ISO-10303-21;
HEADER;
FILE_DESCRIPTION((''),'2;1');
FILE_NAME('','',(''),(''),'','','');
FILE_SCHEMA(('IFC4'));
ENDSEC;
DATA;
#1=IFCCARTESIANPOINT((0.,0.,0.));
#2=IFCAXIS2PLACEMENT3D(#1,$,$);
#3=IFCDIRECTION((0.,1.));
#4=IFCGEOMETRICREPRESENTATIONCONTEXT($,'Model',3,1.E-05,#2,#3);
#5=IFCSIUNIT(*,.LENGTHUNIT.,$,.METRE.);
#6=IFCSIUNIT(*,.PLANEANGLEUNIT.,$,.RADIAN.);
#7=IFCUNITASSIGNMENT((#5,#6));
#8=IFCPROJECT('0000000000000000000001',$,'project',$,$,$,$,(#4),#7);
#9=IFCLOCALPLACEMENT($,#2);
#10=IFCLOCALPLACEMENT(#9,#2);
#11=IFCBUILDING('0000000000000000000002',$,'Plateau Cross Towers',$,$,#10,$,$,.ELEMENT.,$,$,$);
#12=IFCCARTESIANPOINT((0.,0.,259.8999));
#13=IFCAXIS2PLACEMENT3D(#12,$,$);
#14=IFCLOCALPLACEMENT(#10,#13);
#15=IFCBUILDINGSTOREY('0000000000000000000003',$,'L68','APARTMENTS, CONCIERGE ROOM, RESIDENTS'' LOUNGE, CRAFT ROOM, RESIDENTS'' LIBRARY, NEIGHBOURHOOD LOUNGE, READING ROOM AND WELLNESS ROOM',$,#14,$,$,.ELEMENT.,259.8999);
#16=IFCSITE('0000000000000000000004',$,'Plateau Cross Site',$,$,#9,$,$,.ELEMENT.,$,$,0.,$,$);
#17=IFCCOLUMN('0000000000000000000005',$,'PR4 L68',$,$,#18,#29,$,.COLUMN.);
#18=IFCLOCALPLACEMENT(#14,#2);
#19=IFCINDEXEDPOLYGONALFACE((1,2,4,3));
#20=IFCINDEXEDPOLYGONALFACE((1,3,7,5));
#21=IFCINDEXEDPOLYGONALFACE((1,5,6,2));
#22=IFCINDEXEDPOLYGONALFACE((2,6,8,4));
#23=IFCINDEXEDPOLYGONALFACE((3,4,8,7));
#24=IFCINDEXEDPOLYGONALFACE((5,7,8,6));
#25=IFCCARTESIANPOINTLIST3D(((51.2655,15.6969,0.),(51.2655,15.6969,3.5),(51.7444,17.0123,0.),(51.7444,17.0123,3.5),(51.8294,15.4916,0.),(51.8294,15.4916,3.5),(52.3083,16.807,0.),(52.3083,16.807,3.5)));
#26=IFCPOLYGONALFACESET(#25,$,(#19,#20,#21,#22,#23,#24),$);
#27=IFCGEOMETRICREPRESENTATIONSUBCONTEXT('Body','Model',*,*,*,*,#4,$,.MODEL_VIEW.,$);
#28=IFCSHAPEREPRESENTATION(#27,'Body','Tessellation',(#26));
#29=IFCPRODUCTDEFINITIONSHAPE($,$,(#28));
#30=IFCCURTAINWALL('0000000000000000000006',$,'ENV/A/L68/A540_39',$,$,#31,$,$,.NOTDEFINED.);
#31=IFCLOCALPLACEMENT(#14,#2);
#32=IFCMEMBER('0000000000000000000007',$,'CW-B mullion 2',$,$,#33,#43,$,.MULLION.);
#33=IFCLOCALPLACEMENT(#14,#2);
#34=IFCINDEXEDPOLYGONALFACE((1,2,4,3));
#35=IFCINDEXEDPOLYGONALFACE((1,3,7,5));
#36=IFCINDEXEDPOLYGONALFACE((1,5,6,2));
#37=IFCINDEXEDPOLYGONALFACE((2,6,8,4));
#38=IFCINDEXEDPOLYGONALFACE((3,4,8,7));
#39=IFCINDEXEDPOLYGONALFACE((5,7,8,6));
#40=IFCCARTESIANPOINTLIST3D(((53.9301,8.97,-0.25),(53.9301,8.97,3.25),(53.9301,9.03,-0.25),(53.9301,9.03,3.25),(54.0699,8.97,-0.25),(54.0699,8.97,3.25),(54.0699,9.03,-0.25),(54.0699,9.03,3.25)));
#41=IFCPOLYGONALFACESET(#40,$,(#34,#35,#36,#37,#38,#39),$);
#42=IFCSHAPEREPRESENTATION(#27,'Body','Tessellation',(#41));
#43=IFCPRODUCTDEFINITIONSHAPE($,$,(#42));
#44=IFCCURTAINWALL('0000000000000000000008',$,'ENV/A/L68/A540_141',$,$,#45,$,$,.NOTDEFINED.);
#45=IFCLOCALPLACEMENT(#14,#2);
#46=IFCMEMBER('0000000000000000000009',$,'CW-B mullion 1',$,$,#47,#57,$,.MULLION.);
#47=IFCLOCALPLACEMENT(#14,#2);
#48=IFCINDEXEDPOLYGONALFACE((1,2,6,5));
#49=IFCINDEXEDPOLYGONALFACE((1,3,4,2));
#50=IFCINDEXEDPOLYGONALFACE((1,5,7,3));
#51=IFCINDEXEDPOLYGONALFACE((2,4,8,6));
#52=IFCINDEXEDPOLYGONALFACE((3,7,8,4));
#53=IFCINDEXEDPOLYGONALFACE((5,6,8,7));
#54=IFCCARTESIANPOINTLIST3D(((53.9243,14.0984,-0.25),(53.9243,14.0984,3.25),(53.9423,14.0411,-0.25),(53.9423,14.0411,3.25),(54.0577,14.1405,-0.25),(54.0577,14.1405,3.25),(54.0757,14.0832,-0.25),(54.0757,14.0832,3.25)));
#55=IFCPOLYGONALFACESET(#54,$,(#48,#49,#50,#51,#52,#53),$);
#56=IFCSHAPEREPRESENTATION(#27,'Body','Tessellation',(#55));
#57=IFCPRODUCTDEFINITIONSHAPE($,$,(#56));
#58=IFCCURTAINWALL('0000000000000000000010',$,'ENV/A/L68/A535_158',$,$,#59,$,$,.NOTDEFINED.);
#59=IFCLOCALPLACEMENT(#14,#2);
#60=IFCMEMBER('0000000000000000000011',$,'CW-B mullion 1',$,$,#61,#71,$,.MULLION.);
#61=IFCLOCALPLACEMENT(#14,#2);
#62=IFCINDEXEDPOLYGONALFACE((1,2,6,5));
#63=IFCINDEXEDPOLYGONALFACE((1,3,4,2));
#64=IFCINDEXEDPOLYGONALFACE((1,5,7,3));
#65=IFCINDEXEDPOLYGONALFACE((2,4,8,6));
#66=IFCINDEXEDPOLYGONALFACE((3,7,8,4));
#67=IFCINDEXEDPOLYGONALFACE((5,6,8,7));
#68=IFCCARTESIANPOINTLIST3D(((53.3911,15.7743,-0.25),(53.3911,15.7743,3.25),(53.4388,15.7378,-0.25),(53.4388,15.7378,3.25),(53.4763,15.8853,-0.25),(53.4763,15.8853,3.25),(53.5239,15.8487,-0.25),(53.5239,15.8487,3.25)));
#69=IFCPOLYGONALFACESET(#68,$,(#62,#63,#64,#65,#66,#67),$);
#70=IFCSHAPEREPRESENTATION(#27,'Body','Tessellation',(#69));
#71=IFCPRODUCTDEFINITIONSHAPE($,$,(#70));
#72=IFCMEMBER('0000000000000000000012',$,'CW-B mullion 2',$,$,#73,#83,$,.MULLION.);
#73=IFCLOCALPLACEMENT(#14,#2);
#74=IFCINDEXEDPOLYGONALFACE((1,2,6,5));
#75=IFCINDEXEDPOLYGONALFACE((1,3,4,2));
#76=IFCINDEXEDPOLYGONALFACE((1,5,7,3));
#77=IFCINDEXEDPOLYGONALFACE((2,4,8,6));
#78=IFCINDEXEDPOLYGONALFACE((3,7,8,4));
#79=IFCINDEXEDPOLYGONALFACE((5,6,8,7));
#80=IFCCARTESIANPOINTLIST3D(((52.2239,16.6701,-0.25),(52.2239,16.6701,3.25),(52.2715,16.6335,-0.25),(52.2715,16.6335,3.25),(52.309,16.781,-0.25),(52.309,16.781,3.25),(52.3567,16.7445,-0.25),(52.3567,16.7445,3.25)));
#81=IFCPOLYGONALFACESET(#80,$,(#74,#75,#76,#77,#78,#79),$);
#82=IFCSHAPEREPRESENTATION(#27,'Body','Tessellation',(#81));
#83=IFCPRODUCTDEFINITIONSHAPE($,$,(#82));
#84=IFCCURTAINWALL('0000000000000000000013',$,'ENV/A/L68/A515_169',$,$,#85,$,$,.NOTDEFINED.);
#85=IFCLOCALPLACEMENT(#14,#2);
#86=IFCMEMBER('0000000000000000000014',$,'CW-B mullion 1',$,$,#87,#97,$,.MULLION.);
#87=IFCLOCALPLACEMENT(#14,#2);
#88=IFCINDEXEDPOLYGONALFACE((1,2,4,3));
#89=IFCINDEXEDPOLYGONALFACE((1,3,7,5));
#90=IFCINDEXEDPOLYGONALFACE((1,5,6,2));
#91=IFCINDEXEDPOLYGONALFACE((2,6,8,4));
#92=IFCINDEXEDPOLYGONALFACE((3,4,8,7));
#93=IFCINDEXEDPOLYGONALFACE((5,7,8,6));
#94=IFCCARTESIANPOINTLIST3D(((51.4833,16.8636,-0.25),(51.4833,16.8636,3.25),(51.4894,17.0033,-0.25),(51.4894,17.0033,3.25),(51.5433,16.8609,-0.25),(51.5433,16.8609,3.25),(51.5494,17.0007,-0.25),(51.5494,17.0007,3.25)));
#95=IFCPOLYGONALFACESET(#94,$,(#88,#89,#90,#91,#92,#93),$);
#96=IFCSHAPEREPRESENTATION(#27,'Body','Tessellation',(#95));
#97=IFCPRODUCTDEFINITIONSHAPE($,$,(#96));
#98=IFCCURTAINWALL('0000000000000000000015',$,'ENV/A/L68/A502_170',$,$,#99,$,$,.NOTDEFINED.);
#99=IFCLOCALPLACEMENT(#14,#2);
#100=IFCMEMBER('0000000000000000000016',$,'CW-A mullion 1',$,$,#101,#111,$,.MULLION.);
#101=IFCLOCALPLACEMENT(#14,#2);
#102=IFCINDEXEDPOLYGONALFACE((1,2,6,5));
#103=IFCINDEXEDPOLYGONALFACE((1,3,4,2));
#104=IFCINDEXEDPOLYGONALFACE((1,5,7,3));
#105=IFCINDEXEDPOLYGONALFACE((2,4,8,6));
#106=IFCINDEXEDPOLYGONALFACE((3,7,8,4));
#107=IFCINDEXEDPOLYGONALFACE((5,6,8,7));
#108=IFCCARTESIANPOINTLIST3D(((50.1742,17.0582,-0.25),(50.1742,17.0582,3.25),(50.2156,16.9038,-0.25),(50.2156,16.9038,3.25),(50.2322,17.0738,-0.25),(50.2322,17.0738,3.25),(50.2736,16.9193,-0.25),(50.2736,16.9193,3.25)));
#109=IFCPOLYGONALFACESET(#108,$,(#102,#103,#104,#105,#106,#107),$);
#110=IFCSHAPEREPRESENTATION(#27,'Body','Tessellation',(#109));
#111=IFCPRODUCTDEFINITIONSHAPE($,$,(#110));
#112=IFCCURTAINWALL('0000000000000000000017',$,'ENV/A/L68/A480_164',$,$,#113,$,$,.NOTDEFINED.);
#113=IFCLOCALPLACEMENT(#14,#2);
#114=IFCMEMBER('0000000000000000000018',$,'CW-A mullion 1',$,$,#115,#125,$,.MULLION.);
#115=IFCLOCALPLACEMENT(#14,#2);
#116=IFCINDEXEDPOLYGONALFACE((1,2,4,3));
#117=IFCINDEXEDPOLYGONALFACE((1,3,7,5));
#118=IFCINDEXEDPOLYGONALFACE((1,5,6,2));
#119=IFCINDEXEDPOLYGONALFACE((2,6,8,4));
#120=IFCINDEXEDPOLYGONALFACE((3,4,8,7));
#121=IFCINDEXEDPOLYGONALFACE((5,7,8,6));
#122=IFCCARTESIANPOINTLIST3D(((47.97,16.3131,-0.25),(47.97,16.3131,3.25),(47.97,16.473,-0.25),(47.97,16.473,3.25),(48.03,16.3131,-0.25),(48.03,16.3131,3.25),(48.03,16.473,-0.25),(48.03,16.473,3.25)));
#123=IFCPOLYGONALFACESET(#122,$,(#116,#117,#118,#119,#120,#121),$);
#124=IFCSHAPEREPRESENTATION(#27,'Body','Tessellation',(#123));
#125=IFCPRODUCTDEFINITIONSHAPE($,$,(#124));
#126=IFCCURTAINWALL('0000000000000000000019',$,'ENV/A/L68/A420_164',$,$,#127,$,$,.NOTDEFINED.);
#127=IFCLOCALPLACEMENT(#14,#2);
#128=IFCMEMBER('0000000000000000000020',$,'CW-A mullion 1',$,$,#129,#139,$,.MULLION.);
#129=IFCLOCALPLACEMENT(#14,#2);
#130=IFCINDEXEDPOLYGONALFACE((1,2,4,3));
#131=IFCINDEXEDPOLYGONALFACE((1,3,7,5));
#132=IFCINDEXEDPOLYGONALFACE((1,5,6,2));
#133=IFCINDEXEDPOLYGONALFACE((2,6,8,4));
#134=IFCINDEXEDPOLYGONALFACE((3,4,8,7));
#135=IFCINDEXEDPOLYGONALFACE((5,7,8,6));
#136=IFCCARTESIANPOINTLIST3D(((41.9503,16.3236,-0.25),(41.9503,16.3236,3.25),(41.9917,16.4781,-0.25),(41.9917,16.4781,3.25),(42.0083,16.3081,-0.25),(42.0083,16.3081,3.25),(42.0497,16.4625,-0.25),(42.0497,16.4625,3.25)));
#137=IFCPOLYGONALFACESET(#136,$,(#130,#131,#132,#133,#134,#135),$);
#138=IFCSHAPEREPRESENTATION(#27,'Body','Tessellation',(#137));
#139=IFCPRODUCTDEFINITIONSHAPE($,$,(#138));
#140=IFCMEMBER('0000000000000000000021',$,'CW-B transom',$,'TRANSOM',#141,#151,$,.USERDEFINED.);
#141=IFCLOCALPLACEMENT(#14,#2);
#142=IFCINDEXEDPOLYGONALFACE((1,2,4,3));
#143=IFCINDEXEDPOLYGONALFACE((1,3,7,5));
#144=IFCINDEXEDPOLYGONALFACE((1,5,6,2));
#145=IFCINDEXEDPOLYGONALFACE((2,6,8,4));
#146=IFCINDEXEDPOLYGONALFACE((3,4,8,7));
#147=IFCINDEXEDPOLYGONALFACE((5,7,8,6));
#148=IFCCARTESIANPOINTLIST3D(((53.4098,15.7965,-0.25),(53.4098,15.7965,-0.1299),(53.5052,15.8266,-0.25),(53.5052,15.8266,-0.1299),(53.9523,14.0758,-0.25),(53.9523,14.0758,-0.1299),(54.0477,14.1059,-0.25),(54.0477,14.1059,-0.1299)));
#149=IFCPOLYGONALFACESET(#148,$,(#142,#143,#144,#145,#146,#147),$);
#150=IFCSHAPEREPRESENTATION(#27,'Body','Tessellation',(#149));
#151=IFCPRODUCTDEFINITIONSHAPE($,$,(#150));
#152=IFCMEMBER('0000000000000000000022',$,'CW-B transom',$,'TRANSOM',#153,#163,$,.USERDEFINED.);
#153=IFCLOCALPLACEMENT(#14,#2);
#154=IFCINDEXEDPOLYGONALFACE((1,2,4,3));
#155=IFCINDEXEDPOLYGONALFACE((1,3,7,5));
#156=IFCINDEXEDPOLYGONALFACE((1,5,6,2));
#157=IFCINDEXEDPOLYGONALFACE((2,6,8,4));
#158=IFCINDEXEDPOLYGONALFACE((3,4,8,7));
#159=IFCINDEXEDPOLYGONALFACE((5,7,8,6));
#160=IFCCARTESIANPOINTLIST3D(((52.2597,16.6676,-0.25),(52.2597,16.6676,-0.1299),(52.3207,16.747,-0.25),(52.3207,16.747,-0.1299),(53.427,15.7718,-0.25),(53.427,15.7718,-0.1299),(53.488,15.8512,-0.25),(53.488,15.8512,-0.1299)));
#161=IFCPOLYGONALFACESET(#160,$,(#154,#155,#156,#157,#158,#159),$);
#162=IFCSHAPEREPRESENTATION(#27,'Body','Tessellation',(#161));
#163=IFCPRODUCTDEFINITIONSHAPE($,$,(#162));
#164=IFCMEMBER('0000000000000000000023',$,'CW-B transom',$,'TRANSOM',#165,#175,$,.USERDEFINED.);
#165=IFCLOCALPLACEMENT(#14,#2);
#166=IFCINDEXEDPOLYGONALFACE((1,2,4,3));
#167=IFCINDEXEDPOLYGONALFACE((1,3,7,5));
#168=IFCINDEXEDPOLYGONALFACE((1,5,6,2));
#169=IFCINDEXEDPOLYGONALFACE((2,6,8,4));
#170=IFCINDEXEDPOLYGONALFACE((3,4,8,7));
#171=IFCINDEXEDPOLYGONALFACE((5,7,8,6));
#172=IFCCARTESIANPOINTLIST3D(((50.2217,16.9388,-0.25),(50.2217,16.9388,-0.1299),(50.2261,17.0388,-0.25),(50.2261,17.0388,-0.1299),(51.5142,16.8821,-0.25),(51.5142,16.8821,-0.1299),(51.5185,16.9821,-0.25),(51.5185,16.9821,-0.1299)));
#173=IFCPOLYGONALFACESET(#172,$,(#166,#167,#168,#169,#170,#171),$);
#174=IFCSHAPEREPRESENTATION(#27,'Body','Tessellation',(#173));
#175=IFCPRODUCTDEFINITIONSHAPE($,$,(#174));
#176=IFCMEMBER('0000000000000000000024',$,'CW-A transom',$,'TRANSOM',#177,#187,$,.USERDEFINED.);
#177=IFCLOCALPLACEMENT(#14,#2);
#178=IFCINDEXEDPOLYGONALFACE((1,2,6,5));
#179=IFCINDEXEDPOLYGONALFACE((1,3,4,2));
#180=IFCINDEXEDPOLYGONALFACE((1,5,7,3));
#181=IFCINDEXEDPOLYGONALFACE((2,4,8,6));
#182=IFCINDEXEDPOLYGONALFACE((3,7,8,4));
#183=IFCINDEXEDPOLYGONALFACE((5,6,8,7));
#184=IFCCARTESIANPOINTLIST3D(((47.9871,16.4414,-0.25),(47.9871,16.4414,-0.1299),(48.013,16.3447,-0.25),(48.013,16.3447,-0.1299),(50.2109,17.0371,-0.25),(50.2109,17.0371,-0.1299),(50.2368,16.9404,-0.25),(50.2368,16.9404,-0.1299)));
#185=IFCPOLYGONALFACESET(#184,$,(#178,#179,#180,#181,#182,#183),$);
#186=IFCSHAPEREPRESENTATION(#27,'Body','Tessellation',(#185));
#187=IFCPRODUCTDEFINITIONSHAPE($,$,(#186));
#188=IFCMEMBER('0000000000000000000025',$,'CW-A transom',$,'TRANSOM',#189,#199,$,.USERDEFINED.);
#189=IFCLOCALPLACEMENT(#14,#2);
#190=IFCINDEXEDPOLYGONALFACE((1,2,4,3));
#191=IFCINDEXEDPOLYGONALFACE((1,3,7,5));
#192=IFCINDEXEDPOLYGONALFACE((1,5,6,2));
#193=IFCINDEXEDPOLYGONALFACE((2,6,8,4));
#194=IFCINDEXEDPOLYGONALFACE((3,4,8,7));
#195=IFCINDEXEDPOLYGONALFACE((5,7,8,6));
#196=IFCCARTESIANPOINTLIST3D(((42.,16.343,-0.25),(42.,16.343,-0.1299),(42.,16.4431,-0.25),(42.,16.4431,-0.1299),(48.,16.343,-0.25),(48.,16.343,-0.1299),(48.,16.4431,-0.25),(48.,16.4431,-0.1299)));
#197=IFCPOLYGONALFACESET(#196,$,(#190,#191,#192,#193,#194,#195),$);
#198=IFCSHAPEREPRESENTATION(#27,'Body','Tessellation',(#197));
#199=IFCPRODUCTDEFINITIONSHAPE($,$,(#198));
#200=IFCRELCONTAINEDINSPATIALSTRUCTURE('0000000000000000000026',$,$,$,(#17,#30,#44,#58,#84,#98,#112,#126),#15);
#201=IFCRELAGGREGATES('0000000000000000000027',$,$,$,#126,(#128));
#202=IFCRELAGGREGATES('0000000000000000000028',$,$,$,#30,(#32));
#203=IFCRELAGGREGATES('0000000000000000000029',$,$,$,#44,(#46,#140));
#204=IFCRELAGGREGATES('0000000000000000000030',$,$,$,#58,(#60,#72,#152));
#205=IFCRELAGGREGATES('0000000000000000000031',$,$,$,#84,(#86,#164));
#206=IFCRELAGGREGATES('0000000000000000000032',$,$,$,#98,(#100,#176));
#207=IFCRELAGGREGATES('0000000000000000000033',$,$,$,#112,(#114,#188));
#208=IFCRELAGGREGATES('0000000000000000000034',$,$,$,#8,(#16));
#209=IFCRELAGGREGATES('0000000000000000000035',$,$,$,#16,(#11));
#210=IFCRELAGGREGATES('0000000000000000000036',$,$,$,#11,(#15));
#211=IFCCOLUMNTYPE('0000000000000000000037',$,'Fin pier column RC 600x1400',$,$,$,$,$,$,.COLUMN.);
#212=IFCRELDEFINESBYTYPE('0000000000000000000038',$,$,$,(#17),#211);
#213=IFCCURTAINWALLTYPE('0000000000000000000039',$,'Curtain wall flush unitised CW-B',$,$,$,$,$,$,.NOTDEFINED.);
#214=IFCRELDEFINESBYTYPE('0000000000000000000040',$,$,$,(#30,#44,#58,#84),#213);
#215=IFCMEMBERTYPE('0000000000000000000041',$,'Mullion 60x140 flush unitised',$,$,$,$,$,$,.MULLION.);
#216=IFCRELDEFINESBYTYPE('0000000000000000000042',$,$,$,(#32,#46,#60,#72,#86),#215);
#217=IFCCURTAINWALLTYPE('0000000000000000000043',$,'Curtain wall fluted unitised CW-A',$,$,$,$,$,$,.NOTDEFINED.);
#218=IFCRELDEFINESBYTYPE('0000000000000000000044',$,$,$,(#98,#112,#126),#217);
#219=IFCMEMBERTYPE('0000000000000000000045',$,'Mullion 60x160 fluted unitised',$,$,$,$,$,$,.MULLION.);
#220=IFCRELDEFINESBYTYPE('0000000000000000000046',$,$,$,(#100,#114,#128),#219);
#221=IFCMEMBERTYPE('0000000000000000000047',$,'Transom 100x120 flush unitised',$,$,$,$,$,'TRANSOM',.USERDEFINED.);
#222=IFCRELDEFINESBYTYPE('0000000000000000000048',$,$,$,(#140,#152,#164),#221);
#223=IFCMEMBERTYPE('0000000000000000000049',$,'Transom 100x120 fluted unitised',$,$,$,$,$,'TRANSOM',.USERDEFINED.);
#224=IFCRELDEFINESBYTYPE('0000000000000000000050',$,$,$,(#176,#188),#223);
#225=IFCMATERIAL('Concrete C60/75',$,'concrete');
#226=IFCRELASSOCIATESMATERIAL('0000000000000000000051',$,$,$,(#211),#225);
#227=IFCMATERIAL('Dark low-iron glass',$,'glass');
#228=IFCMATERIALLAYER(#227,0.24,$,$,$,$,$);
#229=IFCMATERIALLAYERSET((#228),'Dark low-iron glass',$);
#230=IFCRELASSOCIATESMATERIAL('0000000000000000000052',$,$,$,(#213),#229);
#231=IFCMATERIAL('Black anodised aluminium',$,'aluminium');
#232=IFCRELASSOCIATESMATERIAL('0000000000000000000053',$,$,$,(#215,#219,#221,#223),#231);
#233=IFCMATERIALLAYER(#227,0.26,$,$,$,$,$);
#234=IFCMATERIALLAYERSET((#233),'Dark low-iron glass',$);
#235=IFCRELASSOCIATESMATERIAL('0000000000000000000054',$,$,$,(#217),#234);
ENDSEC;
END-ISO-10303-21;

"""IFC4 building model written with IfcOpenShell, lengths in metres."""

from ifc_helpers import new_model, si_unit, direction, frame, origin, origin_2d, place, context, subcontext, project, spatial, rectangle, extrude, material, layer, layer_set, material_profile, profile_set, type_object, element, aggregate, save


model = new_model("IFC4")

# Units and contexts
model_context = context("Model", 3, precision=1e-05, world=origin(), true_north=direction((0.0, 1.0)))
body_context = subcontext(model_context, "Body", "Model", "MODEL_VIEW")
ifc_project = project(units=[si_unit("LENGTHUNIT", "METRE"), si_unit("PLANEANGLEUNIT", "RADIAN")], contexts=[model_context])

# Site, building, storey
site_placement = place(None, origin())
site = spatial("IfcSite", under=ifc_project, at=site_placement, Name="Plateau Cross Site", CompositionType="ELEMENT", RefElevation=0.0)
building_placement = place(site_placement, origin())
building = spatial("IfcBuilding", under=site, at=building_placement, Name="Plateau Cross Towers", CompositionType="ELEMENT")
storey_placement = place(building_placement, frame((0.0, 0.0, 259.8999)))
storey = spatial("IfcBuildingStorey", under=building, at=storey_placement, Name="L68", Description="APARTMENTS, CONCIERGE ROOM, RESIDENTS' LOUNGE, CRAFT ROOM, RESIDENTS' LIBRARY, NEIGHBOURHOOD LOUNGE, READING ROOM AND WELLNESS ROOM", CompositionType="ELEMENT", Elevation=259.8999)

# Column
ifc_material_1 = material(Name="Concrete C60/75", Category="concrete")
ifc_material_profile_1 = material_profile(ifc_material_1, rectangle(XDim=0.6001, YDim=1.3999, at=origin_2d()), Name="RC 600x1400")
ifc_profile_set_1 = profile_set([ifc_material_profile_1], Name="Concrete C60/75")
column_type = type_object("IfcColumnType", Name="Fin pier column RC 600x1400", PredefinedType="COLUMN", material=ifc_profile_set_1)
column_placement = place(storey_placement, frame((51.7869, 16.252, 0.0), z_axis=(0.0, 0.0, 1.0), x_axis=(-0.939664, 0.342098, 0.0)))
element("IfcColumn", 1, at=column_placement, inside=storey, type_object=column_type, Name="PR4 L68", PredefinedType="COLUMN", context=body_context, shape_type="SweptSolid", body=[
    extrude(rectangle(XDim=0.6001, YDim=1.3999, at=origin_2d()), origin(), (0.0, 0.0, 1.0), 3.5),
])

# Curtain walls, members
ifc_material_2 = material(Name="Dark low-iron glass", Category="glass")
ifc_layer_1 = layer(ifc_material_2, 0.24)
ifc_layer_set_1 = layer_set([ifc_layer_1], Name="Dark low-iron glass")
curtain_wall_type_1 = type_object("IfcCurtainWallType", Name="Curtain wall flush unitised CW-B", PredefinedType="NOTDEFINED", material=ifc_layer_set_1)
curtain_wall_1_placement = place(storey_placement, origin())
curtain_wall_1 = element("IfcCurtainWall", 2, at=curtain_wall_1_placement, inside=storey, type_object=curtain_wall_type_1, Name="ENV/A/L68/A540_39", PredefinedType="NOTDEFINED")
ifc_material_3 = material(Name="Black anodised aluminium", Category="aluminium")
ifc_material_profile_2 = material_profile(ifc_material_3, rectangle(XDim=0.0601, YDim=0.1399, at=origin_2d()), Name="MULLION 60x140")
ifc_profile_set_2 = profile_set([ifc_material_profile_2], Name="Black anodised aluminium")
member_type_1 = type_object("IfcMemberType", Name="Mullion 60x140 flush unitised", PredefinedType="MULLION", material=ifc_profile_set_2)
member_1_placement = place(storey_placement, frame((54.0, 9.0, -0.25), z_axis=(0.0, 0.0, 1.0), x_axis=(0.0, 1.0, 0.0)))
member_1 = element("IfcMember", 3, at=member_1_placement, type_object=member_type_1, Name="CW-B mullion 2", PredefinedType="MULLION", context=body_context, shape_type="SweptSolid", body=[
    extrude(rectangle(XDim=0.0601, YDim=0.1399, at=origin_2d()), origin(), (0.0, 0.0, 1.0), 3.5),
])
curtain_wall_2_placement = place(storey_placement, origin())
curtain_wall_2 = element("IfcCurtainWall", 4, at=curtain_wall_2_placement, inside=storey, type_object=curtain_wall_type_1, Name="ENV/A/L68/A540_141", PredefinedType="NOTDEFINED")
member_2_placement = place(storey_placement, frame((54.0, 14.0908, -0.25), z_axis=(0.0, 0.0, 1.0), x_axis=(-0.300686, 0.953723, 0.0)))
member_2 = element("IfcMember", 5, at=member_2_placement, type_object=member_type_1, Name="CW-B mullion 1", PredefinedType="MULLION", context=body_context, shape_type="SweptSolid", body=[
    extrude(rectangle(XDim=0.0601, YDim=0.1399, at=origin_2d()), origin(), (0.0, 0.0, 1.0), 3.5),
])

# Curtain wall, members
curtain_wall_3_placement = place(storey_placement, origin())
curtain_wall_3 = element("IfcCurtainWall", 6, at=curtain_wall_3_placement, inside=storey, type_object=curtain_wall_type_1, Name="ENV/A/L68/A535_158", PredefinedType="NOTDEFINED")
member_3_placement = place(storey_placement, frame((53.4575, 15.8115, -0.25), z_axis=(0.0, 0.0, 1.0), x_axis=(-0.793316, 0.608811, 0.0)))
member_3 = element("IfcMember", 7, at=member_3_placement, type_object=member_type_1, Name="CW-B mullion 1", PredefinedType="MULLION", context=body_context, shape_type="SweptSolid", body=[
    extrude(rectangle(XDim=0.0601, YDim=0.1399, at=origin_2d()), origin(), (0.0, 0.0, 1.0), 3.5),
])
member_4_placement = place(storey_placement, frame((52.2903, 16.7073, -0.25), z_axis=(0.0, 0.0, 1.0), x_axis=(-0.793316, 0.608811, 0.0)))
member_4 = element("IfcMember", 8, at=member_4_placement, type_object=member_type_1, Name="CW-B mullion 2", PredefinedType="MULLION", context=body_context, shape_type="SweptSolid", body=[
    extrude(rectangle(XDim=0.0601, YDim=0.1399, at=origin_2d()), origin(), (0.0, 0.0, 1.0), 3.5),
])

# Curtain walls, members
curtain_wall_4_placement = place(storey_placement, origin())
curtain_wall_4 = element("IfcCurtainWall", 9, at=curtain_wall_4_placement, inside=storey, type_object=curtain_wall_type_1, Name="ENV/A/L68/A515_169", PredefinedType="NOTDEFINED")
member_5_placement = place(storey_placement, frame((51.5164, 16.9321, -0.25), z_axis=(0.0, 0.0, 1.0), x_axis=(-0.999044, 0.043723, 0.0)))
member_5 = element("IfcMember", 10, at=member_5_placement, type_object=member_type_1, Name="CW-B mullion 1", PredefinedType="MULLION", context=body_context, shape_type="SweptSolid", body=[
    extrude(rectangle(XDim=0.0601, YDim=0.1399, at=origin_2d()), origin(), (0.0, 0.0, 1.0), 3.5),
])
ifc_layer_2 = layer(ifc_material_2, 0.26)
ifc_layer_set_2 = layer_set([ifc_layer_2], Name="Dark low-iron glass")
curtain_wall_type_2 = type_object("IfcCurtainWallType", Name="Curtain wall fluted unitised CW-A", PredefinedType="NOTDEFINED", material=ifc_layer_set_2)
curtain_wall_5_placement = place(storey_placement, origin())
curtain_wall_5 = element("IfcCurtainWall", 11, at=curtain_wall_5_placement, inside=storey, type_object=curtain_wall_type_2, Name="ENV/A/L68/A502_170", PredefinedType="NOTDEFINED")
ifc_material_profile_3 = material_profile(ifc_material_3, rectangle(XDim=0.0601, YDim=0.1599, at=origin_2d()), Name="MULLION 60x160")
ifc_profile_set_3 = profile_set([ifc_material_profile_3], Name="Black anodised aluminium")
member_type_2 = type_object("IfcMemberType", Name="Mullion 60x160 fluted unitised", PredefinedType="MULLION", material=ifc_profile_set_3)
member_6_placement = place(storey_placement, frame((50.2239, 16.9888, -0.25), z_axis=(0.0, 0.0, 1.0), x_axis=(-0.965958, -0.258699, 0.0)))
member_6 = element("IfcMember", 12, at=member_6_placement, type_object=member_type_2, Name="CW-A mullion 1", PredefinedType="MULLION", context=body_context, shape_type="SweptSolid", body=[
    extrude(rectangle(XDim=0.0601, YDim=0.1599, at=origin_2d()), origin(), (0.0, 0.0, 1.0), 3.5),
])
curtain_wall_6_placement = place(storey_placement, origin())
curtain_wall_6 = element("IfcCurtainWall", 13, at=curtain_wall_6_placement, inside=storey, type_object=curtain_wall_type_2, Name="ENV/A/L68/A480_164", PredefinedType="NOTDEFINED")
member_7_placement = place(storey_placement, frame((48.0, 16.3931, -0.25), z_axis=(0.0, 0.0, 1.0), x_axis=(-1.0, 0.0, 0.0)))
member_7 = element("IfcMember", 14, at=member_7_placement, type_object=member_type_2, Name="CW-A mullion 1", PredefinedType="MULLION", context=body_context, shape_type="SweptSolid", body=[
    extrude(rectangle(XDim=0.0601, YDim=0.1599, at=origin_2d()), origin(), (0.0, 0.0, 1.0), 3.5),
])
curtain_wall_7_placement = place(storey_placement, origin())
curtain_wall_7 = element("IfcCurtainWall", 15, at=curtain_wall_7_placement, inside=storey, type_object=curtain_wall_type_2, Name="ENV/A/L68/A420_164", PredefinedType="NOTDEFINED")
member_8_placement = place(storey_placement, frame((42.0, 16.3931, -0.25), z_axis=(0.0, 0.0, 1.0), x_axis=(-0.965958, 0.258699, 0.0)))
member_8 = element("IfcMember", 16, at=member_8_placement, type_object=member_type_2, Name="CW-A mullion 1", PredefinedType="MULLION", context=body_context, shape_type="SweptSolid", body=[
    extrude(rectangle(XDim=0.0601, YDim=0.1599, at=origin_2d()), origin(), (0.0, 0.0, 1.0), 3.5),
])

# Members
ifc_material_profile_4 = material_profile(ifc_material_3, rectangle(XDim=0.1001, YDim=0.1201, at=origin_2d()), Name="TRANSOM 100x120")
ifc_profile_set_4 = profile_set([ifc_material_profile_4], Name="Black anodised aluminium")
member_type_3 = type_object("IfcMemberType", Name="Transom 100x120 flush unitised", ElementType="TRANSOM", PredefinedType="USERDEFINED", material=ifc_profile_set_4)
member_9_placement = place(storey_placement, frame((54.0, 14.0908, -0.1899), z_axis=(-0.300678, 0.953726, 0.0), x_axis=(-0.953726, -0.300678, 0.0)))
member_9 = element("IfcMember", 17, at=member_9_placement, type_object=member_type_3, Name="CW-B transom", ObjectType="TRANSOM", PredefinedType="USERDEFINED", context=body_context, shape_type="SweptSolid", body=[
    extrude(rectangle(XDim=0.1001, YDim=0.1201, at=origin_2d()), origin(), (0.0, 0.0, 1.0), 1.8042),
])
member_10_placement = place(storey_placement, frame((53.4575, 15.8115, -0.1899), z_axis=(-0.793321, 0.608804, 0.0), x_axis=(-0.608804, -0.793321, 0.0)))
member_10 = element("IfcMember", 18, at=member_10_placement, type_object=member_type_3, Name="CW-B transom", ObjectType="TRANSOM", PredefinedType="USERDEFINED", context=body_context, shape_type="SweptSolid", body=[
    extrude(rectangle(XDim=0.1001, YDim=0.1201, at=origin_2d()), origin(), (0.0, 0.0, 1.0), 1.4714),
])
member_11_placement = place(storey_placement, frame((51.5164, 16.9321, -0.1899), z_axis=(-0.999041, 0.043781, 0.0), x_axis=(-0.043781, -0.999041, 0.0)))
member_11 = element("IfcMember", 19, at=member_11_placement, type_object=member_type_3, Name="CW-B transom", ObjectType="TRANSOM", PredefinedType="USERDEFINED", context=body_context, shape_type="SweptSolid", body=[
    extrude(rectangle(XDim=0.1001, YDim=0.1201, at=origin_2d()), origin(), (0.0, 0.0, 1.0), 1.2937),
])
ifc_material_profile_5 = material_profile(ifc_material_3, rectangle(XDim=0.1001, YDim=0.1201, at=origin_2d()), Name="TRANSOM 100x120")
ifc_profile_set_5 = profile_set([ifc_material_profile_5], Name="Black anodised aluminium")
member_type_4 = type_object("IfcMemberType", Name="Transom 100x120 fluted unitised", ElementType="TRANSOM", PredefinedType="USERDEFINED", material=ifc_profile_set_5)
member_12_placement = place(storey_placement, frame((50.2239, 16.9888, -0.1899), z_axis=(-0.965946, -0.258745, 0.0), x_axis=(0.258745, -0.965946, 0.0)))
member_12 = element("IfcMember", 20, at=member_12_placement, type_object=member_type_4, Name="CW-A transom", ObjectType="TRANSOM", PredefinedType="USERDEFINED", context=body_context, shape_type="SweptSolid", body=[
    extrude(rectangle(XDim=0.1001, YDim=0.1201, at=origin_2d()), origin(), (0.0, 0.0, 1.0), 2.3022),
])
member_13_placement = place(storey_placement, frame((48.0, 16.3931, -0.1899), z_axis=(-1.0, 0.0, 0.0), x_axis=(0.0, -1.0, 0.0)))
member_13 = element("IfcMember", 21, at=member_13_placement, type_object=member_type_4, Name="CW-A transom", ObjectType="TRANSOM", PredefinedType="USERDEFINED", context=body_context, shape_type="SweptSolid", body=[
    extrude(rectangle(XDim=0.1001, YDim=0.1201, at=origin_2d()), origin(), (0.0, 0.0, 1.0), 6.0),
])
aggregate(curtain_wall_7, [member_8])

aggregate(curtain_wall_1, [member_1])
aggregate(curtain_wall_2, [member_2, member_9])
aggregate(curtain_wall_3, [member_3, member_4, member_10])
aggregate(curtain_wall_4, [member_5, member_11])
aggregate(curtain_wall_5, [member_6, member_12])
aggregate(curtain_wall_6, [member_7, member_13])

save(model, "model.ifc")
